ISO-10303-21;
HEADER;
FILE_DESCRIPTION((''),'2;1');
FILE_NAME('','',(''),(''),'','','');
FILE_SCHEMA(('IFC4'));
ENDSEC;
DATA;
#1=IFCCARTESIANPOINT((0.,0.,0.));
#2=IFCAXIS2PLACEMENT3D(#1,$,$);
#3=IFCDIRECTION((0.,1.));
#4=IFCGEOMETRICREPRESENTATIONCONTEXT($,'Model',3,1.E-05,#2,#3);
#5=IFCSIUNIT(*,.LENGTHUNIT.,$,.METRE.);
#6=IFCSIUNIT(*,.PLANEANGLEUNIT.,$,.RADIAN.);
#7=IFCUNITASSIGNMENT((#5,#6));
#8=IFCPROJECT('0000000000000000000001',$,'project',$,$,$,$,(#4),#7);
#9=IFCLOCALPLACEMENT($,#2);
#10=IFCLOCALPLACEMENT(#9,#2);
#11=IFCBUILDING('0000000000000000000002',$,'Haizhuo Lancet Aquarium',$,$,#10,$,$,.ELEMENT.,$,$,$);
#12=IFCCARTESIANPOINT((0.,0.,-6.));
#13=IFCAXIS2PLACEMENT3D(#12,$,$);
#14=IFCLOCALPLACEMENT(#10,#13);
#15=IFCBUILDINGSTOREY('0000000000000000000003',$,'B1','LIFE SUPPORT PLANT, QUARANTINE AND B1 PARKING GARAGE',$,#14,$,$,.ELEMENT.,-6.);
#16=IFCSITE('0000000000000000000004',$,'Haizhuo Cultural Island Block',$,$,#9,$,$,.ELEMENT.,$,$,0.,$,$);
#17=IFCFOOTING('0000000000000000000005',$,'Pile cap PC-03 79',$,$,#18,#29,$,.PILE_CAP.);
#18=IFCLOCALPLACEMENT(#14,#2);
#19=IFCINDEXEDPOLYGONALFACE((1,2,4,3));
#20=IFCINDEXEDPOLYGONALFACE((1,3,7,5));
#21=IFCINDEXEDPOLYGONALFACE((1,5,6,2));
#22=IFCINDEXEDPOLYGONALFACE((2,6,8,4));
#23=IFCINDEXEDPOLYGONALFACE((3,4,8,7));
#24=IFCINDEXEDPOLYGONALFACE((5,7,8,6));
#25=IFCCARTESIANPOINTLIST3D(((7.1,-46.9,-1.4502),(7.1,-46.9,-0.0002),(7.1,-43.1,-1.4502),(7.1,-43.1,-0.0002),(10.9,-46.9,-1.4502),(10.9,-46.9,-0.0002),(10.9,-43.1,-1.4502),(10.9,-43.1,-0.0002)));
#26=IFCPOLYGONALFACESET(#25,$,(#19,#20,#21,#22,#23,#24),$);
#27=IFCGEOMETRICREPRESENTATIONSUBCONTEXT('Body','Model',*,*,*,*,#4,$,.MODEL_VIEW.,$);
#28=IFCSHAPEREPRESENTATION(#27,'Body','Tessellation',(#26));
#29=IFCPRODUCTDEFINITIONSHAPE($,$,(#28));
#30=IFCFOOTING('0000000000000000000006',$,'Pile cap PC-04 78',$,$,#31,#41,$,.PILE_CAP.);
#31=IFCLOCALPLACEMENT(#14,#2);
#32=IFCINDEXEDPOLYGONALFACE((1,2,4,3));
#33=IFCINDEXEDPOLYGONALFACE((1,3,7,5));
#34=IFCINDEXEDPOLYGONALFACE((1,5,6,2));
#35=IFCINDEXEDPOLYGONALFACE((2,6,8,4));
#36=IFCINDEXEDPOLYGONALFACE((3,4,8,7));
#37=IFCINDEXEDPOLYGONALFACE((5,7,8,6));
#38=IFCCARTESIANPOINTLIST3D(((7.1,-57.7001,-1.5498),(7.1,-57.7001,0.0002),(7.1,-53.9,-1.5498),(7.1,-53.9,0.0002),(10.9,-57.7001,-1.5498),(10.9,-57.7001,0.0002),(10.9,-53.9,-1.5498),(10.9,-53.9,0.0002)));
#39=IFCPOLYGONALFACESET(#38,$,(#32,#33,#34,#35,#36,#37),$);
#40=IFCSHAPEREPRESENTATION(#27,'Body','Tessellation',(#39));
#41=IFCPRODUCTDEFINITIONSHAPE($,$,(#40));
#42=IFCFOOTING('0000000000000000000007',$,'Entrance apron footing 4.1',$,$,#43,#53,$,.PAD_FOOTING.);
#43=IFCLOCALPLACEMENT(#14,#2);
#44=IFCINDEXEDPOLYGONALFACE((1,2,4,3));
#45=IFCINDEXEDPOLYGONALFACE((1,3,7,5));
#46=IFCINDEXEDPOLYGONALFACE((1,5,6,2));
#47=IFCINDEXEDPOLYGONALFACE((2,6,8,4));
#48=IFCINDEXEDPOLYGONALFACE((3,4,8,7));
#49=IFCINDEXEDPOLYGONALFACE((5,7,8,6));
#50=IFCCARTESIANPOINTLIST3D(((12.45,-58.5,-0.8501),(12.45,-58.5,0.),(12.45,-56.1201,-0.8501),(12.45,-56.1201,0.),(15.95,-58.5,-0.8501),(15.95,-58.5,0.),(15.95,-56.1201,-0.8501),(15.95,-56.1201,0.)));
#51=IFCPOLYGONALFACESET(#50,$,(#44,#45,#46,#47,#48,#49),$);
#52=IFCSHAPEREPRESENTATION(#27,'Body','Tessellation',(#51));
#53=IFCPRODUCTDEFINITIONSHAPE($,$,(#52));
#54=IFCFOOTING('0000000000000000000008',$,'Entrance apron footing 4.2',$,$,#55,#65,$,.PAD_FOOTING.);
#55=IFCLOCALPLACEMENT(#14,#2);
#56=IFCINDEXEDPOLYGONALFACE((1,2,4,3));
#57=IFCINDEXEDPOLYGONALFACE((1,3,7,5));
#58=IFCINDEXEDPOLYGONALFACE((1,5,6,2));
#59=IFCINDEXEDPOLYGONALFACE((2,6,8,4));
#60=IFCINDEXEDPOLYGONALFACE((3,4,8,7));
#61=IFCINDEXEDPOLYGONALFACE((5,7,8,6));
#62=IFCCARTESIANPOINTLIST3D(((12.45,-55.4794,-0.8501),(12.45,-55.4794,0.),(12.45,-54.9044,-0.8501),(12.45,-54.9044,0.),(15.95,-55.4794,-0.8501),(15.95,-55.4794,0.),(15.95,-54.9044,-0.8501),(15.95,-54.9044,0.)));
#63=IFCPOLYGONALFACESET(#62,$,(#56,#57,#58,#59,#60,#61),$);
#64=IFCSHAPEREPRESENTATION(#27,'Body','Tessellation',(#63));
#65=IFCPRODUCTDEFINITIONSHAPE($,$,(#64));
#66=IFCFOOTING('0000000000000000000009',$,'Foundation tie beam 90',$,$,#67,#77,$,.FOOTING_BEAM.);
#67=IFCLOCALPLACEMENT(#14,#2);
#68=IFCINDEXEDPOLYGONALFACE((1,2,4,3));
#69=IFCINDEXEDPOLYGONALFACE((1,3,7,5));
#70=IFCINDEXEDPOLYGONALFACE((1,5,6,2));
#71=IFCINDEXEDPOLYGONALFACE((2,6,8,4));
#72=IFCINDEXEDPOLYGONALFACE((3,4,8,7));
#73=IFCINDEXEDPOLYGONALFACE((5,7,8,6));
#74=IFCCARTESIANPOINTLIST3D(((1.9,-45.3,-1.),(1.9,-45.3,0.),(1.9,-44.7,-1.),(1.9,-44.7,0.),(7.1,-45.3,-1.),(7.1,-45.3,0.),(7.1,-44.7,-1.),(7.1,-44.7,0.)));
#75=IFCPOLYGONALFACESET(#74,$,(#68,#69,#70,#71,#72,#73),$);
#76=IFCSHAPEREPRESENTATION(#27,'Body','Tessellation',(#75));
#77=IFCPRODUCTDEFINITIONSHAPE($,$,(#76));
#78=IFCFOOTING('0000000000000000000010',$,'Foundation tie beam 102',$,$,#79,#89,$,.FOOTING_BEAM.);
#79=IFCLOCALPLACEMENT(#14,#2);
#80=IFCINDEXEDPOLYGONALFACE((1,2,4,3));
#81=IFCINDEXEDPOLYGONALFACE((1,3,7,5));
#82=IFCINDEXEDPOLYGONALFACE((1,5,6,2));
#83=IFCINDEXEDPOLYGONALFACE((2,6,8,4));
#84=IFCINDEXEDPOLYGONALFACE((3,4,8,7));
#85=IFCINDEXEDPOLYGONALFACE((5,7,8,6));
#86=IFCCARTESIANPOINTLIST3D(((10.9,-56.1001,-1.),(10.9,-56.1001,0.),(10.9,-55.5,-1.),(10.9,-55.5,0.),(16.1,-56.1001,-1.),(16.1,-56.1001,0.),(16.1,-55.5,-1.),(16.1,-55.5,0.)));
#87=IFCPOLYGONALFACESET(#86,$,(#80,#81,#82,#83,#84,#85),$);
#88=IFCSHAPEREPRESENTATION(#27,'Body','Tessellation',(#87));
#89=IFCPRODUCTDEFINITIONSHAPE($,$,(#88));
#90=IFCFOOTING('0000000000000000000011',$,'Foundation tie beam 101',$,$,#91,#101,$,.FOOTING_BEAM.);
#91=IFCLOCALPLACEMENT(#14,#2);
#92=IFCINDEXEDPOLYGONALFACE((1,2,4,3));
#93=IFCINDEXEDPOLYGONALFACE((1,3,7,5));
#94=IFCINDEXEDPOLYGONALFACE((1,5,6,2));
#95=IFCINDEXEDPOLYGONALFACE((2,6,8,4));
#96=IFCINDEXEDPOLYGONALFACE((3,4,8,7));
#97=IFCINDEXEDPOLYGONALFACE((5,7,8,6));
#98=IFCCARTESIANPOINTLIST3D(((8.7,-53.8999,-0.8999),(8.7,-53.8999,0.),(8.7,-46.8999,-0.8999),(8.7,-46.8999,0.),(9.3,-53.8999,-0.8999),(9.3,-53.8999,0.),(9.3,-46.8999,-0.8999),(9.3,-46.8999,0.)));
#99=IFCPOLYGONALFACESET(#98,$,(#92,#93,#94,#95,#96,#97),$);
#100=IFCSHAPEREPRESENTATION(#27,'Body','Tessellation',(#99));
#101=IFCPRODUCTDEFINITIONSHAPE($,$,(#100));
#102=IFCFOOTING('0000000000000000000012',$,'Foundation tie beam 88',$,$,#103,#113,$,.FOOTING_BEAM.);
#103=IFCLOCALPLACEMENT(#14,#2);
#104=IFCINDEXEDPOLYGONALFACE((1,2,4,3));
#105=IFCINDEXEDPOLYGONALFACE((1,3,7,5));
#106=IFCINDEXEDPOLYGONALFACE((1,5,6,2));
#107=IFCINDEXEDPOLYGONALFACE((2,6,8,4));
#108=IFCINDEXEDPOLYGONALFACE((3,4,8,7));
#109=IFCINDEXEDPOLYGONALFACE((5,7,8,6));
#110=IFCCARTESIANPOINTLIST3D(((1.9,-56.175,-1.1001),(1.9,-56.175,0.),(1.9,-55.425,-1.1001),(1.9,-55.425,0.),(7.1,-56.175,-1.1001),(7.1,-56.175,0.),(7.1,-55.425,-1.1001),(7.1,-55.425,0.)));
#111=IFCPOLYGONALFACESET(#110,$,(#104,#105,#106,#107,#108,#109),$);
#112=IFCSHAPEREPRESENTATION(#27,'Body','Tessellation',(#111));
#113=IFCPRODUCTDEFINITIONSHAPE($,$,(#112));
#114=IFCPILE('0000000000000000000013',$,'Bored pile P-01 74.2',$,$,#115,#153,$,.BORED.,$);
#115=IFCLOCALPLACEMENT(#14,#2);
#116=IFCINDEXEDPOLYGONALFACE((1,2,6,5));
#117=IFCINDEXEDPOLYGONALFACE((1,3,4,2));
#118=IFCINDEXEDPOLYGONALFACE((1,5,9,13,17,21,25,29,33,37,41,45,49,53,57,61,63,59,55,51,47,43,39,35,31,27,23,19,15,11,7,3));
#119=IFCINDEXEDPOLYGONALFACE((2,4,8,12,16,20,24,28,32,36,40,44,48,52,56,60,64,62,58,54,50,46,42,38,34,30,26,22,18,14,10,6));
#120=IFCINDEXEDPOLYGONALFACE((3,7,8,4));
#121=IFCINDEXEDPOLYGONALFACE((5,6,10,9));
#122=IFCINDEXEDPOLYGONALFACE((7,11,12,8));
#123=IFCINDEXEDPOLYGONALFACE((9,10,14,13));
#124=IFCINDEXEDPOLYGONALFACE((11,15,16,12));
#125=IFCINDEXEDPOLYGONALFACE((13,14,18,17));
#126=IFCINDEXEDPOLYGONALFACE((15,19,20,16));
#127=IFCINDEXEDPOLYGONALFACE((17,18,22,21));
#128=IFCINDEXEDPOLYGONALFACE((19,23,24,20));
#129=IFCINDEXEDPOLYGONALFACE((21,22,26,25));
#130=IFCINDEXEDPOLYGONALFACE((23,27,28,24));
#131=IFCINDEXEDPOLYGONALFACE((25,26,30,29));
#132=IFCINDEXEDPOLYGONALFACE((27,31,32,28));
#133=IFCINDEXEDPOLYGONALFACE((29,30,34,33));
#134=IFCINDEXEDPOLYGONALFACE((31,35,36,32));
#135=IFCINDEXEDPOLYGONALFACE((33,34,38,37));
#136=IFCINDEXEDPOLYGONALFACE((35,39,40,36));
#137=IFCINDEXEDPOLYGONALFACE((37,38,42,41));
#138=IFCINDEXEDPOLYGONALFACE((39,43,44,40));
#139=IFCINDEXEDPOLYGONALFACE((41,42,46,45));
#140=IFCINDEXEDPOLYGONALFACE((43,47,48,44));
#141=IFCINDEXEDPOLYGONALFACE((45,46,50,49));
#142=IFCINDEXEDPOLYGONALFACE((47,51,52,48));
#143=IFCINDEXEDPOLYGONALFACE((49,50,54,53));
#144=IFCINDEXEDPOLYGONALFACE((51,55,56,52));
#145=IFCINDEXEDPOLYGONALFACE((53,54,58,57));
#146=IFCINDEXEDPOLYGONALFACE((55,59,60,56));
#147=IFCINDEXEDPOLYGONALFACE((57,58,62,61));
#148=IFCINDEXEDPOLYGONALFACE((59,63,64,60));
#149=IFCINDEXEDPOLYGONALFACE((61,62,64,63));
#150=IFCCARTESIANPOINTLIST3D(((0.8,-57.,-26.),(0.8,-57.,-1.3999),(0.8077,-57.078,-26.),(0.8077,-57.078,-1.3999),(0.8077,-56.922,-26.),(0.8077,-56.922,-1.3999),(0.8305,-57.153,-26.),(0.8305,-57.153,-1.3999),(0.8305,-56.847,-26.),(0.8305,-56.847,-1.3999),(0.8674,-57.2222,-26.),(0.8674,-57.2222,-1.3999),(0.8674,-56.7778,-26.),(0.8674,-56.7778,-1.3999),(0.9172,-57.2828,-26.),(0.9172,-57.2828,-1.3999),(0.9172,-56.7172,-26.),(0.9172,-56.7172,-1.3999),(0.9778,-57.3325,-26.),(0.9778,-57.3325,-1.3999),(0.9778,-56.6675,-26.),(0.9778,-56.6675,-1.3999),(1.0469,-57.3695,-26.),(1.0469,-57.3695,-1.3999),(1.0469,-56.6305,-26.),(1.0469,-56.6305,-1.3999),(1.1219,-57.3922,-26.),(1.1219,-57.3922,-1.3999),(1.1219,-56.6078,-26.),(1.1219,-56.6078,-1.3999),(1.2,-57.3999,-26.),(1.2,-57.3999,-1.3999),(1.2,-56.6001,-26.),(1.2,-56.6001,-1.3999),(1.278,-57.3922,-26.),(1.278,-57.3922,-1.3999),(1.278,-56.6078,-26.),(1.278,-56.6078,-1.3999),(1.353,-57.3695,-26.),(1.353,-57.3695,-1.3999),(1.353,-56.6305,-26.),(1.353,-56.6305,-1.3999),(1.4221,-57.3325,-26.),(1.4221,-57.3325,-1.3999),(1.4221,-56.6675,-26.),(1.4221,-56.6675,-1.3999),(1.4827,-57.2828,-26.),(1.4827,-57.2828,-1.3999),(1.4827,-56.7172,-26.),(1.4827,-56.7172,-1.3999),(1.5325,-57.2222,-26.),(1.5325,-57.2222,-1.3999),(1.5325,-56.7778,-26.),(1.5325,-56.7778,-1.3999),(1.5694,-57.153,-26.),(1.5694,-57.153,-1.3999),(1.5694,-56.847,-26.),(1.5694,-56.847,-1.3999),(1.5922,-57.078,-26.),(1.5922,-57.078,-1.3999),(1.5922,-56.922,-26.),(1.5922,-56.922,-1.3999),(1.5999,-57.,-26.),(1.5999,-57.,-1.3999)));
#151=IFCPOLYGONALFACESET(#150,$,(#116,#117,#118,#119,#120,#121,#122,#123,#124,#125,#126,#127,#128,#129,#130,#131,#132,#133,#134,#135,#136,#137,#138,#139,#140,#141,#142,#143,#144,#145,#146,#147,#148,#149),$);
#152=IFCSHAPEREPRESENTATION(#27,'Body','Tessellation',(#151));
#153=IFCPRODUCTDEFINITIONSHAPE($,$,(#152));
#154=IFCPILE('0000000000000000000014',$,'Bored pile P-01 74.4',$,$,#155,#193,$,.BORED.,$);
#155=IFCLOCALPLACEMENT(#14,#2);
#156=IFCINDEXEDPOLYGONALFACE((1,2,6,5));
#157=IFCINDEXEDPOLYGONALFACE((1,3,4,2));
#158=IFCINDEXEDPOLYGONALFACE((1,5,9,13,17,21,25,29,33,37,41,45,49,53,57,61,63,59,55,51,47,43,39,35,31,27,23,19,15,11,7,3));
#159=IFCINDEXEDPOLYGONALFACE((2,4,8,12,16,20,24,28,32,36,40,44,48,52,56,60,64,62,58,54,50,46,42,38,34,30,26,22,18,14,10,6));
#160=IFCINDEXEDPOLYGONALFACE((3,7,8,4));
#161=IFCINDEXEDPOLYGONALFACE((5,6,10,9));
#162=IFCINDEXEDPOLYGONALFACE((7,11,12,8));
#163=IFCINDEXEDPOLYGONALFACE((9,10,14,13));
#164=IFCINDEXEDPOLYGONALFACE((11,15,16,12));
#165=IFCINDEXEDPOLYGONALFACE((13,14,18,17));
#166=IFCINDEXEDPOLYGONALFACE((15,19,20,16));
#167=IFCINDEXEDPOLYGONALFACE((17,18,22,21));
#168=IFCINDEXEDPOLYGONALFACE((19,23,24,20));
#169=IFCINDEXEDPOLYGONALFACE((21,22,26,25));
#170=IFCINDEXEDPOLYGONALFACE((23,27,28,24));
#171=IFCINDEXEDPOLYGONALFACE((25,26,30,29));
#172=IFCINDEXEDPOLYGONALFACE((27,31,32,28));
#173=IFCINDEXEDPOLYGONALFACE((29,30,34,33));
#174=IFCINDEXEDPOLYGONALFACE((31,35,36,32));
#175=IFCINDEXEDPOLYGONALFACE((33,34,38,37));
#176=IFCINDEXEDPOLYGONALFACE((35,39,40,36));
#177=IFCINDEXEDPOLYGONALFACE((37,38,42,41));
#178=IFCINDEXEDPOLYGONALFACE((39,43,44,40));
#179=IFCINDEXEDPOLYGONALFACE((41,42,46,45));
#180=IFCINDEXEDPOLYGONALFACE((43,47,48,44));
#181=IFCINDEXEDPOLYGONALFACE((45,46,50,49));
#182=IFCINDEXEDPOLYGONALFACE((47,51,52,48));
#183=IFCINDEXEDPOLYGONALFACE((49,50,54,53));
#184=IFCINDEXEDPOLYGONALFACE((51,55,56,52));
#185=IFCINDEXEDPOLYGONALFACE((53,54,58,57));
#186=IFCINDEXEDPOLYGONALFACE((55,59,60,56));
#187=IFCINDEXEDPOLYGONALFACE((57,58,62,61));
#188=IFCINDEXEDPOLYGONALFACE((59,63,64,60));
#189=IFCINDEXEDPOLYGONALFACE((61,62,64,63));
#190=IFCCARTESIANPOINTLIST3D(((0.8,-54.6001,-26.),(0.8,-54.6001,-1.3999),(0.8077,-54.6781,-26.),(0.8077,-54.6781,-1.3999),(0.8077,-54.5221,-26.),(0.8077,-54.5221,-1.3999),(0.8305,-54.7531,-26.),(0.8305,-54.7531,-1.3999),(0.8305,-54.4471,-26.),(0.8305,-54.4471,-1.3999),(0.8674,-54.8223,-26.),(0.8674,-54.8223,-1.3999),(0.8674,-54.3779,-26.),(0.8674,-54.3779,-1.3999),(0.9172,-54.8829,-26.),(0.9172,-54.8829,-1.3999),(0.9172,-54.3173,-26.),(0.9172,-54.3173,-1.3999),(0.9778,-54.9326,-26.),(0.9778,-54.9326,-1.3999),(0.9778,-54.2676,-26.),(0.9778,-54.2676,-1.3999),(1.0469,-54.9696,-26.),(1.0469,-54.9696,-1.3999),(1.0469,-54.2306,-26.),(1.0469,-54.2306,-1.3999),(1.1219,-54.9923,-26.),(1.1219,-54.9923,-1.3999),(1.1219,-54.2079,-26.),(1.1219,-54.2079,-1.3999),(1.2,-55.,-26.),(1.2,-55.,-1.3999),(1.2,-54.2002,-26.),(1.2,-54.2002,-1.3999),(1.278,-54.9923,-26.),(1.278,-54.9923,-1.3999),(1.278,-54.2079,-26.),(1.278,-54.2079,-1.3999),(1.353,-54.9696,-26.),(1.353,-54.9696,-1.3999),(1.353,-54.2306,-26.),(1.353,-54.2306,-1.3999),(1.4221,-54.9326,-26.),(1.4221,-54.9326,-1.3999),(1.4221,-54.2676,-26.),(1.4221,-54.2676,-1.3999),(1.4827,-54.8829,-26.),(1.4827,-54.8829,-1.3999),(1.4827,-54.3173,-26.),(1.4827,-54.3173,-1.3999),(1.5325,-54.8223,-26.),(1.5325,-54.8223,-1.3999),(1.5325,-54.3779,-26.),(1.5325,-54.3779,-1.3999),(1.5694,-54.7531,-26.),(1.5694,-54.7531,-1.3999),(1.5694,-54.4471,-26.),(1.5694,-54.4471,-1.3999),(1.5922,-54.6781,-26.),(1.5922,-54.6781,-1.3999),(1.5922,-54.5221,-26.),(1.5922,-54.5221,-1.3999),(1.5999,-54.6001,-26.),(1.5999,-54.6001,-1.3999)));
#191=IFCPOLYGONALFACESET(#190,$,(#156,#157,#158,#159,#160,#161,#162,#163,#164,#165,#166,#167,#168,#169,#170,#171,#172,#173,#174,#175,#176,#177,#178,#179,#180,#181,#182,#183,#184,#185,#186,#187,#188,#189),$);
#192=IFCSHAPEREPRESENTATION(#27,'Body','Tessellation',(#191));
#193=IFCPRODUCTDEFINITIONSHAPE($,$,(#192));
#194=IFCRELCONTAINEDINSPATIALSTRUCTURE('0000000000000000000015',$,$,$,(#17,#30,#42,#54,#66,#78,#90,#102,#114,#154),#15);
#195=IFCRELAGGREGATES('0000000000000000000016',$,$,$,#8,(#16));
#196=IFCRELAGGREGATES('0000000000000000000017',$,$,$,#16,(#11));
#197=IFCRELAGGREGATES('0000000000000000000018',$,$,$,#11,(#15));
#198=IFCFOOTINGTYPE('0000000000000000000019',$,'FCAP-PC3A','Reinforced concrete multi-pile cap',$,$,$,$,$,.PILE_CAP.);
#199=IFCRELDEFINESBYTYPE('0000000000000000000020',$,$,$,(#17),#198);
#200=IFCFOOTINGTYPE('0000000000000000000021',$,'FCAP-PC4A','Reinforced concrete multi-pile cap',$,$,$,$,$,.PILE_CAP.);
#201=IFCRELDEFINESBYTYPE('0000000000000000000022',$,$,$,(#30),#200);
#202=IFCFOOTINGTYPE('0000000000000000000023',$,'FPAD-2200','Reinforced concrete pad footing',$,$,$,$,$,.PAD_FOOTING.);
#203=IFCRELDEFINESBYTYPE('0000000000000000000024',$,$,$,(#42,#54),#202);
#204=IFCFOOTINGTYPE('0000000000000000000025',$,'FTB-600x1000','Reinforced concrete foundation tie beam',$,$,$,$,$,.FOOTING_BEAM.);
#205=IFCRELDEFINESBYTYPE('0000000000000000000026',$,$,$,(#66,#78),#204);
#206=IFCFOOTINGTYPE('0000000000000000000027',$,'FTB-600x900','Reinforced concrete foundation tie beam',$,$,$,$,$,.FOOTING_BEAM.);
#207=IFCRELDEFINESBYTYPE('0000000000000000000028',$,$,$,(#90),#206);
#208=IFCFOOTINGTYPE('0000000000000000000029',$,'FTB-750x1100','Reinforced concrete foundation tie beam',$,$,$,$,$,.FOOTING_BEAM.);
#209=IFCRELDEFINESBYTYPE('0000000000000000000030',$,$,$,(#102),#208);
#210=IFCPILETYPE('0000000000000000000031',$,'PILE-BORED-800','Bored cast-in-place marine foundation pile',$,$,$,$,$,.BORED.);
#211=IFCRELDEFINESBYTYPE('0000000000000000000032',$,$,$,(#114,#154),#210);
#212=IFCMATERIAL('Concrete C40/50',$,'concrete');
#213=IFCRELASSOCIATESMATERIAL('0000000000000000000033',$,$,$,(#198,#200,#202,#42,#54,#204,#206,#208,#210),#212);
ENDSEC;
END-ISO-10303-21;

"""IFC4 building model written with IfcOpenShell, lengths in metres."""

from ifc_helpers import new_model, si_unit, direction, frame, origin, origin_2d, place, context, subcontext, project, spatial, rectangle, circle, extrude, material, material_profile, profile_set, type_object, element, save


model = new_model("IFC4")

# Units and contexts
model_context = context("Model", 3, precision=1e-05, world=origin(), true_north=direction((0.0, 1.0)))
body_context = subcontext(model_context, "Body", "Model", "MODEL_VIEW")
ifc_project = project(units=[si_unit("LENGTHUNIT", "METRE"), si_unit("PLANEANGLEUNIT", "RADIAN")], contexts=[model_context])

# Site, building, storey
site_placement = place(None, origin())
site = spatial("IfcSite", under=ifc_project, at=site_placement, Name="Haizhuo Cultural Island Block", CompositionType="ELEMENT", RefElevation=0.0)
building_placement = place(site_placement, origin())
building = spatial("IfcBuilding", under=site, at=building_placement, Name="Haizhuo Lancet Aquarium", CompositionType="ELEMENT")
storey_placement = place(building_placement, frame((0.0, 0.0, -6.0)))
storey = spatial("IfcBuildingStorey", under=building, at=storey_placement, Name="B1", Description="LIFE SUPPORT PLANT, QUARANTINE AND B1 PARKING GARAGE", CompositionType="ELEMENT", Elevation=-6.0)

# Footings
ifc_material_1 = material(Name="Concrete C40/50", Category="concrete")
footing_type_1 = type_object("IfcFootingType", Name="FCAP-PC3A", Description="Reinforced concrete multi-pile cap", PredefinedType="PILE_CAP", material=ifc_material_1)
footing_1_placement = place(storey_placement, frame((9.0, -45.0, -1.4502), z_axis=(0.0, 0.0, 1.0), x_axis=(1.0, 0.0, 0.0)))
element("IfcFooting", 1, at=footing_1_placement, inside=storey, type_object=footing_type_1, Name="Pile cap PC-03 79", PredefinedType="PILE_CAP", context=body_context, shape_type="SweptSolid", body=[
    extrude(rectangle(XDim=3.8, YDim=3.8, at=origin_2d()), origin(), (0.0, 0.0, 1.0), 1.45),
])
footing_type_2 = type_object("IfcFootingType", Name="FCAP-PC4A", Description="Reinforced concrete multi-pile cap", PredefinedType="PILE_CAP", material=ifc_material_1)
footing_2_placement = place(storey_placement, frame((9.0, -55.8, -1.5498), z_axis=(0.0, 0.0, 1.0), x_axis=(1.0, 0.0, 0.0)))
element("IfcFooting", 2, at=footing_2_placement, inside=storey, type_object=footing_type_2, Name="Pile cap PC-04 78", PredefinedType="PILE_CAP", context=body_context, shape_type="SweptSolid", body=[
    extrude(rectangle(XDim=3.8, YDim=3.8, at=origin_2d()), origin(), (0.0, 0.0, 1.0), 1.55),
])
footing_type_3 = type_object("IfcFootingType", Name="FPAD-2200", Description="Reinforced concrete pad footing", PredefinedType="PAD_FOOTING", material=ifc_material_1)
footing_3_placement = place(storey_placement, frame((14.2, -57.3101, -0.8501), z_axis=(0.0, 0.0, 1.0), x_axis=(1.0, 0.0, 0.0)))
element("IfcFooting", 3, at=footing_3_placement, inside=storey, type_object=footing_type_3, material=ifc_material_1, Name="Entrance apron footing 4.1", PredefinedType="PAD_FOOTING", context=body_context, shape_type="SweptSolid", body=[
    extrude(rectangle(XDim=3.5, YDim=2.3799, at=origin_2d()), origin(), (0.0, 0.0, 1.0), 0.8501),
])
footing_4_placement = place(storey_placement, frame((14.2, -55.1919, -0.8501), z_axis=(0.0, 0.0, 1.0), x_axis=(1.0, 0.0, 0.0)))
element("IfcFooting", 4, at=footing_4_placement, inside=storey, type_object=footing_type_3, material=ifc_material_1, Name="Entrance apron footing 4.2", PredefinedType="PAD_FOOTING", context=body_context, shape_type="SweptSolid", body=[
    extrude(rectangle(XDim=3.5, YDim=0.575, at=origin_2d()), origin(), (0.0, 0.0, 1.0), 0.8501),
])
footing_type_4 = type_object("IfcFootingType", Name="FTB-600x1000", Description="Reinforced concrete foundation tie beam", PredefinedType="FOOTING_BEAM", material=ifc_material_1)
for number, where, z_axis, x_axis, name in (
    (5, (4.5, -45.0, -1.0), (0.0, 0.0, 1.0), (1.0, 0.0, 0.0), "Foundation tie beam 90"),
    (6, (13.5, -55.8, -1.0), (0.0, 0.0, 1.0), (1.0, 0.0, 0.0), "Foundation tie beam 102"),
):
    element("IfcFooting", number, at=place(storey_placement, frame(where, z_axis=z_axis, x_axis=x_axis)), inside=storey, type_object=footing_type_4, Name=name, PredefinedType="FOOTING_BEAM", context=body_context, shape_type="SweptSolid", body=[
        extrude(rectangle(XDim=5.2, YDim=0.6001, at=origin_2d()), origin(), (0.0, 0.0, 1.0), 1.0),
    ])
footing_type_5 = type_object("IfcFootingType", Name="FTB-600x900", Description="Reinforced concrete foundation tie beam", PredefinedType="FOOTING_BEAM", material=ifc_material_1)
footing_5_placement = place(storey_placement, frame((9.0, -50.3999, -0.8999), z_axis=(0.0, 0.0, 1.0), x_axis=(0.0, 1.0, 0.0)))
element("IfcFooting", 7, at=footing_5_placement, inside=storey, type_object=footing_type_5, Name="Foundation tie beam 101", PredefinedType="FOOTING_BEAM", context=body_context, shape_type="SweptSolid", body=[
    extrude(rectangle(XDim=7.0, YDim=0.6001, at=origin_2d()), origin(), (0.0, 0.0, 1.0), 0.8999),
])
footing_type_6 = type_object("IfcFootingType", Name="FTB-750x1100", Description="Reinforced concrete foundation tie beam", PredefinedType="FOOTING_BEAM", material=ifc_material_1)
footing_6_placement = place(storey_placement, frame((4.5, -55.8, -1.1001), z_axis=(0.0, 0.0, 1.0), x_axis=(1.0, 0.0, 0.0)))
element("IfcFooting", 8, at=footing_6_placement, inside=storey, type_object=footing_type_6, Name="Foundation tie beam 88", PredefinedType="FOOTING_BEAM", context=body_context, shape_type="SweptSolid", body=[
    extrude(rectangle(XDim=5.2, YDim=0.75, at=origin_2d()), origin(), (0.0, 0.0, 1.0), 1.1001),
])

# Piles
ifc_material_profile_1 = material_profile(ifc_material_1, circle(Radius=0.3999, at=origin_2d()), Name="PILE-800")
ifc_profile_set_1 = profile_set([ifc_material_profile_1], Name="Concrete C40/50")
pile_type = type_object("IfcPileType", Name="PILE-BORED-800", Description="Bored cast-in-place marine foundation pile", PredefinedType="BORED", material=ifc_profile_set_1)
for number, where, z_axis, x_axis, name in (
    (9, (1.2, -57.0, -1.3999), (0.0, 0.0, -1.0), (1.0, 0.0, 0.0), "Bored pile P-01 74.2"),
    (10, (1.2, -54.6001, -1.3999), (0.0, 0.0, -1.0), (1.0, 0.0, 0.0), "Bored pile P-01 74.4"),
):
    element("IfcPile", number, at=place(storey_placement, frame(where, z_axis=z_axis, x_axis=x_axis)), inside=storey, type_object=pile_type, Name=name, PredefinedType="BORED", context=body_context, shape_type="SweptSolid", body=[
        extrude(circle(Radius=0.3999, at=origin_2d()), origin(), (0.0, 0.0, 1.0), 24.6001),
    ])

save(model, "model.ifc")
